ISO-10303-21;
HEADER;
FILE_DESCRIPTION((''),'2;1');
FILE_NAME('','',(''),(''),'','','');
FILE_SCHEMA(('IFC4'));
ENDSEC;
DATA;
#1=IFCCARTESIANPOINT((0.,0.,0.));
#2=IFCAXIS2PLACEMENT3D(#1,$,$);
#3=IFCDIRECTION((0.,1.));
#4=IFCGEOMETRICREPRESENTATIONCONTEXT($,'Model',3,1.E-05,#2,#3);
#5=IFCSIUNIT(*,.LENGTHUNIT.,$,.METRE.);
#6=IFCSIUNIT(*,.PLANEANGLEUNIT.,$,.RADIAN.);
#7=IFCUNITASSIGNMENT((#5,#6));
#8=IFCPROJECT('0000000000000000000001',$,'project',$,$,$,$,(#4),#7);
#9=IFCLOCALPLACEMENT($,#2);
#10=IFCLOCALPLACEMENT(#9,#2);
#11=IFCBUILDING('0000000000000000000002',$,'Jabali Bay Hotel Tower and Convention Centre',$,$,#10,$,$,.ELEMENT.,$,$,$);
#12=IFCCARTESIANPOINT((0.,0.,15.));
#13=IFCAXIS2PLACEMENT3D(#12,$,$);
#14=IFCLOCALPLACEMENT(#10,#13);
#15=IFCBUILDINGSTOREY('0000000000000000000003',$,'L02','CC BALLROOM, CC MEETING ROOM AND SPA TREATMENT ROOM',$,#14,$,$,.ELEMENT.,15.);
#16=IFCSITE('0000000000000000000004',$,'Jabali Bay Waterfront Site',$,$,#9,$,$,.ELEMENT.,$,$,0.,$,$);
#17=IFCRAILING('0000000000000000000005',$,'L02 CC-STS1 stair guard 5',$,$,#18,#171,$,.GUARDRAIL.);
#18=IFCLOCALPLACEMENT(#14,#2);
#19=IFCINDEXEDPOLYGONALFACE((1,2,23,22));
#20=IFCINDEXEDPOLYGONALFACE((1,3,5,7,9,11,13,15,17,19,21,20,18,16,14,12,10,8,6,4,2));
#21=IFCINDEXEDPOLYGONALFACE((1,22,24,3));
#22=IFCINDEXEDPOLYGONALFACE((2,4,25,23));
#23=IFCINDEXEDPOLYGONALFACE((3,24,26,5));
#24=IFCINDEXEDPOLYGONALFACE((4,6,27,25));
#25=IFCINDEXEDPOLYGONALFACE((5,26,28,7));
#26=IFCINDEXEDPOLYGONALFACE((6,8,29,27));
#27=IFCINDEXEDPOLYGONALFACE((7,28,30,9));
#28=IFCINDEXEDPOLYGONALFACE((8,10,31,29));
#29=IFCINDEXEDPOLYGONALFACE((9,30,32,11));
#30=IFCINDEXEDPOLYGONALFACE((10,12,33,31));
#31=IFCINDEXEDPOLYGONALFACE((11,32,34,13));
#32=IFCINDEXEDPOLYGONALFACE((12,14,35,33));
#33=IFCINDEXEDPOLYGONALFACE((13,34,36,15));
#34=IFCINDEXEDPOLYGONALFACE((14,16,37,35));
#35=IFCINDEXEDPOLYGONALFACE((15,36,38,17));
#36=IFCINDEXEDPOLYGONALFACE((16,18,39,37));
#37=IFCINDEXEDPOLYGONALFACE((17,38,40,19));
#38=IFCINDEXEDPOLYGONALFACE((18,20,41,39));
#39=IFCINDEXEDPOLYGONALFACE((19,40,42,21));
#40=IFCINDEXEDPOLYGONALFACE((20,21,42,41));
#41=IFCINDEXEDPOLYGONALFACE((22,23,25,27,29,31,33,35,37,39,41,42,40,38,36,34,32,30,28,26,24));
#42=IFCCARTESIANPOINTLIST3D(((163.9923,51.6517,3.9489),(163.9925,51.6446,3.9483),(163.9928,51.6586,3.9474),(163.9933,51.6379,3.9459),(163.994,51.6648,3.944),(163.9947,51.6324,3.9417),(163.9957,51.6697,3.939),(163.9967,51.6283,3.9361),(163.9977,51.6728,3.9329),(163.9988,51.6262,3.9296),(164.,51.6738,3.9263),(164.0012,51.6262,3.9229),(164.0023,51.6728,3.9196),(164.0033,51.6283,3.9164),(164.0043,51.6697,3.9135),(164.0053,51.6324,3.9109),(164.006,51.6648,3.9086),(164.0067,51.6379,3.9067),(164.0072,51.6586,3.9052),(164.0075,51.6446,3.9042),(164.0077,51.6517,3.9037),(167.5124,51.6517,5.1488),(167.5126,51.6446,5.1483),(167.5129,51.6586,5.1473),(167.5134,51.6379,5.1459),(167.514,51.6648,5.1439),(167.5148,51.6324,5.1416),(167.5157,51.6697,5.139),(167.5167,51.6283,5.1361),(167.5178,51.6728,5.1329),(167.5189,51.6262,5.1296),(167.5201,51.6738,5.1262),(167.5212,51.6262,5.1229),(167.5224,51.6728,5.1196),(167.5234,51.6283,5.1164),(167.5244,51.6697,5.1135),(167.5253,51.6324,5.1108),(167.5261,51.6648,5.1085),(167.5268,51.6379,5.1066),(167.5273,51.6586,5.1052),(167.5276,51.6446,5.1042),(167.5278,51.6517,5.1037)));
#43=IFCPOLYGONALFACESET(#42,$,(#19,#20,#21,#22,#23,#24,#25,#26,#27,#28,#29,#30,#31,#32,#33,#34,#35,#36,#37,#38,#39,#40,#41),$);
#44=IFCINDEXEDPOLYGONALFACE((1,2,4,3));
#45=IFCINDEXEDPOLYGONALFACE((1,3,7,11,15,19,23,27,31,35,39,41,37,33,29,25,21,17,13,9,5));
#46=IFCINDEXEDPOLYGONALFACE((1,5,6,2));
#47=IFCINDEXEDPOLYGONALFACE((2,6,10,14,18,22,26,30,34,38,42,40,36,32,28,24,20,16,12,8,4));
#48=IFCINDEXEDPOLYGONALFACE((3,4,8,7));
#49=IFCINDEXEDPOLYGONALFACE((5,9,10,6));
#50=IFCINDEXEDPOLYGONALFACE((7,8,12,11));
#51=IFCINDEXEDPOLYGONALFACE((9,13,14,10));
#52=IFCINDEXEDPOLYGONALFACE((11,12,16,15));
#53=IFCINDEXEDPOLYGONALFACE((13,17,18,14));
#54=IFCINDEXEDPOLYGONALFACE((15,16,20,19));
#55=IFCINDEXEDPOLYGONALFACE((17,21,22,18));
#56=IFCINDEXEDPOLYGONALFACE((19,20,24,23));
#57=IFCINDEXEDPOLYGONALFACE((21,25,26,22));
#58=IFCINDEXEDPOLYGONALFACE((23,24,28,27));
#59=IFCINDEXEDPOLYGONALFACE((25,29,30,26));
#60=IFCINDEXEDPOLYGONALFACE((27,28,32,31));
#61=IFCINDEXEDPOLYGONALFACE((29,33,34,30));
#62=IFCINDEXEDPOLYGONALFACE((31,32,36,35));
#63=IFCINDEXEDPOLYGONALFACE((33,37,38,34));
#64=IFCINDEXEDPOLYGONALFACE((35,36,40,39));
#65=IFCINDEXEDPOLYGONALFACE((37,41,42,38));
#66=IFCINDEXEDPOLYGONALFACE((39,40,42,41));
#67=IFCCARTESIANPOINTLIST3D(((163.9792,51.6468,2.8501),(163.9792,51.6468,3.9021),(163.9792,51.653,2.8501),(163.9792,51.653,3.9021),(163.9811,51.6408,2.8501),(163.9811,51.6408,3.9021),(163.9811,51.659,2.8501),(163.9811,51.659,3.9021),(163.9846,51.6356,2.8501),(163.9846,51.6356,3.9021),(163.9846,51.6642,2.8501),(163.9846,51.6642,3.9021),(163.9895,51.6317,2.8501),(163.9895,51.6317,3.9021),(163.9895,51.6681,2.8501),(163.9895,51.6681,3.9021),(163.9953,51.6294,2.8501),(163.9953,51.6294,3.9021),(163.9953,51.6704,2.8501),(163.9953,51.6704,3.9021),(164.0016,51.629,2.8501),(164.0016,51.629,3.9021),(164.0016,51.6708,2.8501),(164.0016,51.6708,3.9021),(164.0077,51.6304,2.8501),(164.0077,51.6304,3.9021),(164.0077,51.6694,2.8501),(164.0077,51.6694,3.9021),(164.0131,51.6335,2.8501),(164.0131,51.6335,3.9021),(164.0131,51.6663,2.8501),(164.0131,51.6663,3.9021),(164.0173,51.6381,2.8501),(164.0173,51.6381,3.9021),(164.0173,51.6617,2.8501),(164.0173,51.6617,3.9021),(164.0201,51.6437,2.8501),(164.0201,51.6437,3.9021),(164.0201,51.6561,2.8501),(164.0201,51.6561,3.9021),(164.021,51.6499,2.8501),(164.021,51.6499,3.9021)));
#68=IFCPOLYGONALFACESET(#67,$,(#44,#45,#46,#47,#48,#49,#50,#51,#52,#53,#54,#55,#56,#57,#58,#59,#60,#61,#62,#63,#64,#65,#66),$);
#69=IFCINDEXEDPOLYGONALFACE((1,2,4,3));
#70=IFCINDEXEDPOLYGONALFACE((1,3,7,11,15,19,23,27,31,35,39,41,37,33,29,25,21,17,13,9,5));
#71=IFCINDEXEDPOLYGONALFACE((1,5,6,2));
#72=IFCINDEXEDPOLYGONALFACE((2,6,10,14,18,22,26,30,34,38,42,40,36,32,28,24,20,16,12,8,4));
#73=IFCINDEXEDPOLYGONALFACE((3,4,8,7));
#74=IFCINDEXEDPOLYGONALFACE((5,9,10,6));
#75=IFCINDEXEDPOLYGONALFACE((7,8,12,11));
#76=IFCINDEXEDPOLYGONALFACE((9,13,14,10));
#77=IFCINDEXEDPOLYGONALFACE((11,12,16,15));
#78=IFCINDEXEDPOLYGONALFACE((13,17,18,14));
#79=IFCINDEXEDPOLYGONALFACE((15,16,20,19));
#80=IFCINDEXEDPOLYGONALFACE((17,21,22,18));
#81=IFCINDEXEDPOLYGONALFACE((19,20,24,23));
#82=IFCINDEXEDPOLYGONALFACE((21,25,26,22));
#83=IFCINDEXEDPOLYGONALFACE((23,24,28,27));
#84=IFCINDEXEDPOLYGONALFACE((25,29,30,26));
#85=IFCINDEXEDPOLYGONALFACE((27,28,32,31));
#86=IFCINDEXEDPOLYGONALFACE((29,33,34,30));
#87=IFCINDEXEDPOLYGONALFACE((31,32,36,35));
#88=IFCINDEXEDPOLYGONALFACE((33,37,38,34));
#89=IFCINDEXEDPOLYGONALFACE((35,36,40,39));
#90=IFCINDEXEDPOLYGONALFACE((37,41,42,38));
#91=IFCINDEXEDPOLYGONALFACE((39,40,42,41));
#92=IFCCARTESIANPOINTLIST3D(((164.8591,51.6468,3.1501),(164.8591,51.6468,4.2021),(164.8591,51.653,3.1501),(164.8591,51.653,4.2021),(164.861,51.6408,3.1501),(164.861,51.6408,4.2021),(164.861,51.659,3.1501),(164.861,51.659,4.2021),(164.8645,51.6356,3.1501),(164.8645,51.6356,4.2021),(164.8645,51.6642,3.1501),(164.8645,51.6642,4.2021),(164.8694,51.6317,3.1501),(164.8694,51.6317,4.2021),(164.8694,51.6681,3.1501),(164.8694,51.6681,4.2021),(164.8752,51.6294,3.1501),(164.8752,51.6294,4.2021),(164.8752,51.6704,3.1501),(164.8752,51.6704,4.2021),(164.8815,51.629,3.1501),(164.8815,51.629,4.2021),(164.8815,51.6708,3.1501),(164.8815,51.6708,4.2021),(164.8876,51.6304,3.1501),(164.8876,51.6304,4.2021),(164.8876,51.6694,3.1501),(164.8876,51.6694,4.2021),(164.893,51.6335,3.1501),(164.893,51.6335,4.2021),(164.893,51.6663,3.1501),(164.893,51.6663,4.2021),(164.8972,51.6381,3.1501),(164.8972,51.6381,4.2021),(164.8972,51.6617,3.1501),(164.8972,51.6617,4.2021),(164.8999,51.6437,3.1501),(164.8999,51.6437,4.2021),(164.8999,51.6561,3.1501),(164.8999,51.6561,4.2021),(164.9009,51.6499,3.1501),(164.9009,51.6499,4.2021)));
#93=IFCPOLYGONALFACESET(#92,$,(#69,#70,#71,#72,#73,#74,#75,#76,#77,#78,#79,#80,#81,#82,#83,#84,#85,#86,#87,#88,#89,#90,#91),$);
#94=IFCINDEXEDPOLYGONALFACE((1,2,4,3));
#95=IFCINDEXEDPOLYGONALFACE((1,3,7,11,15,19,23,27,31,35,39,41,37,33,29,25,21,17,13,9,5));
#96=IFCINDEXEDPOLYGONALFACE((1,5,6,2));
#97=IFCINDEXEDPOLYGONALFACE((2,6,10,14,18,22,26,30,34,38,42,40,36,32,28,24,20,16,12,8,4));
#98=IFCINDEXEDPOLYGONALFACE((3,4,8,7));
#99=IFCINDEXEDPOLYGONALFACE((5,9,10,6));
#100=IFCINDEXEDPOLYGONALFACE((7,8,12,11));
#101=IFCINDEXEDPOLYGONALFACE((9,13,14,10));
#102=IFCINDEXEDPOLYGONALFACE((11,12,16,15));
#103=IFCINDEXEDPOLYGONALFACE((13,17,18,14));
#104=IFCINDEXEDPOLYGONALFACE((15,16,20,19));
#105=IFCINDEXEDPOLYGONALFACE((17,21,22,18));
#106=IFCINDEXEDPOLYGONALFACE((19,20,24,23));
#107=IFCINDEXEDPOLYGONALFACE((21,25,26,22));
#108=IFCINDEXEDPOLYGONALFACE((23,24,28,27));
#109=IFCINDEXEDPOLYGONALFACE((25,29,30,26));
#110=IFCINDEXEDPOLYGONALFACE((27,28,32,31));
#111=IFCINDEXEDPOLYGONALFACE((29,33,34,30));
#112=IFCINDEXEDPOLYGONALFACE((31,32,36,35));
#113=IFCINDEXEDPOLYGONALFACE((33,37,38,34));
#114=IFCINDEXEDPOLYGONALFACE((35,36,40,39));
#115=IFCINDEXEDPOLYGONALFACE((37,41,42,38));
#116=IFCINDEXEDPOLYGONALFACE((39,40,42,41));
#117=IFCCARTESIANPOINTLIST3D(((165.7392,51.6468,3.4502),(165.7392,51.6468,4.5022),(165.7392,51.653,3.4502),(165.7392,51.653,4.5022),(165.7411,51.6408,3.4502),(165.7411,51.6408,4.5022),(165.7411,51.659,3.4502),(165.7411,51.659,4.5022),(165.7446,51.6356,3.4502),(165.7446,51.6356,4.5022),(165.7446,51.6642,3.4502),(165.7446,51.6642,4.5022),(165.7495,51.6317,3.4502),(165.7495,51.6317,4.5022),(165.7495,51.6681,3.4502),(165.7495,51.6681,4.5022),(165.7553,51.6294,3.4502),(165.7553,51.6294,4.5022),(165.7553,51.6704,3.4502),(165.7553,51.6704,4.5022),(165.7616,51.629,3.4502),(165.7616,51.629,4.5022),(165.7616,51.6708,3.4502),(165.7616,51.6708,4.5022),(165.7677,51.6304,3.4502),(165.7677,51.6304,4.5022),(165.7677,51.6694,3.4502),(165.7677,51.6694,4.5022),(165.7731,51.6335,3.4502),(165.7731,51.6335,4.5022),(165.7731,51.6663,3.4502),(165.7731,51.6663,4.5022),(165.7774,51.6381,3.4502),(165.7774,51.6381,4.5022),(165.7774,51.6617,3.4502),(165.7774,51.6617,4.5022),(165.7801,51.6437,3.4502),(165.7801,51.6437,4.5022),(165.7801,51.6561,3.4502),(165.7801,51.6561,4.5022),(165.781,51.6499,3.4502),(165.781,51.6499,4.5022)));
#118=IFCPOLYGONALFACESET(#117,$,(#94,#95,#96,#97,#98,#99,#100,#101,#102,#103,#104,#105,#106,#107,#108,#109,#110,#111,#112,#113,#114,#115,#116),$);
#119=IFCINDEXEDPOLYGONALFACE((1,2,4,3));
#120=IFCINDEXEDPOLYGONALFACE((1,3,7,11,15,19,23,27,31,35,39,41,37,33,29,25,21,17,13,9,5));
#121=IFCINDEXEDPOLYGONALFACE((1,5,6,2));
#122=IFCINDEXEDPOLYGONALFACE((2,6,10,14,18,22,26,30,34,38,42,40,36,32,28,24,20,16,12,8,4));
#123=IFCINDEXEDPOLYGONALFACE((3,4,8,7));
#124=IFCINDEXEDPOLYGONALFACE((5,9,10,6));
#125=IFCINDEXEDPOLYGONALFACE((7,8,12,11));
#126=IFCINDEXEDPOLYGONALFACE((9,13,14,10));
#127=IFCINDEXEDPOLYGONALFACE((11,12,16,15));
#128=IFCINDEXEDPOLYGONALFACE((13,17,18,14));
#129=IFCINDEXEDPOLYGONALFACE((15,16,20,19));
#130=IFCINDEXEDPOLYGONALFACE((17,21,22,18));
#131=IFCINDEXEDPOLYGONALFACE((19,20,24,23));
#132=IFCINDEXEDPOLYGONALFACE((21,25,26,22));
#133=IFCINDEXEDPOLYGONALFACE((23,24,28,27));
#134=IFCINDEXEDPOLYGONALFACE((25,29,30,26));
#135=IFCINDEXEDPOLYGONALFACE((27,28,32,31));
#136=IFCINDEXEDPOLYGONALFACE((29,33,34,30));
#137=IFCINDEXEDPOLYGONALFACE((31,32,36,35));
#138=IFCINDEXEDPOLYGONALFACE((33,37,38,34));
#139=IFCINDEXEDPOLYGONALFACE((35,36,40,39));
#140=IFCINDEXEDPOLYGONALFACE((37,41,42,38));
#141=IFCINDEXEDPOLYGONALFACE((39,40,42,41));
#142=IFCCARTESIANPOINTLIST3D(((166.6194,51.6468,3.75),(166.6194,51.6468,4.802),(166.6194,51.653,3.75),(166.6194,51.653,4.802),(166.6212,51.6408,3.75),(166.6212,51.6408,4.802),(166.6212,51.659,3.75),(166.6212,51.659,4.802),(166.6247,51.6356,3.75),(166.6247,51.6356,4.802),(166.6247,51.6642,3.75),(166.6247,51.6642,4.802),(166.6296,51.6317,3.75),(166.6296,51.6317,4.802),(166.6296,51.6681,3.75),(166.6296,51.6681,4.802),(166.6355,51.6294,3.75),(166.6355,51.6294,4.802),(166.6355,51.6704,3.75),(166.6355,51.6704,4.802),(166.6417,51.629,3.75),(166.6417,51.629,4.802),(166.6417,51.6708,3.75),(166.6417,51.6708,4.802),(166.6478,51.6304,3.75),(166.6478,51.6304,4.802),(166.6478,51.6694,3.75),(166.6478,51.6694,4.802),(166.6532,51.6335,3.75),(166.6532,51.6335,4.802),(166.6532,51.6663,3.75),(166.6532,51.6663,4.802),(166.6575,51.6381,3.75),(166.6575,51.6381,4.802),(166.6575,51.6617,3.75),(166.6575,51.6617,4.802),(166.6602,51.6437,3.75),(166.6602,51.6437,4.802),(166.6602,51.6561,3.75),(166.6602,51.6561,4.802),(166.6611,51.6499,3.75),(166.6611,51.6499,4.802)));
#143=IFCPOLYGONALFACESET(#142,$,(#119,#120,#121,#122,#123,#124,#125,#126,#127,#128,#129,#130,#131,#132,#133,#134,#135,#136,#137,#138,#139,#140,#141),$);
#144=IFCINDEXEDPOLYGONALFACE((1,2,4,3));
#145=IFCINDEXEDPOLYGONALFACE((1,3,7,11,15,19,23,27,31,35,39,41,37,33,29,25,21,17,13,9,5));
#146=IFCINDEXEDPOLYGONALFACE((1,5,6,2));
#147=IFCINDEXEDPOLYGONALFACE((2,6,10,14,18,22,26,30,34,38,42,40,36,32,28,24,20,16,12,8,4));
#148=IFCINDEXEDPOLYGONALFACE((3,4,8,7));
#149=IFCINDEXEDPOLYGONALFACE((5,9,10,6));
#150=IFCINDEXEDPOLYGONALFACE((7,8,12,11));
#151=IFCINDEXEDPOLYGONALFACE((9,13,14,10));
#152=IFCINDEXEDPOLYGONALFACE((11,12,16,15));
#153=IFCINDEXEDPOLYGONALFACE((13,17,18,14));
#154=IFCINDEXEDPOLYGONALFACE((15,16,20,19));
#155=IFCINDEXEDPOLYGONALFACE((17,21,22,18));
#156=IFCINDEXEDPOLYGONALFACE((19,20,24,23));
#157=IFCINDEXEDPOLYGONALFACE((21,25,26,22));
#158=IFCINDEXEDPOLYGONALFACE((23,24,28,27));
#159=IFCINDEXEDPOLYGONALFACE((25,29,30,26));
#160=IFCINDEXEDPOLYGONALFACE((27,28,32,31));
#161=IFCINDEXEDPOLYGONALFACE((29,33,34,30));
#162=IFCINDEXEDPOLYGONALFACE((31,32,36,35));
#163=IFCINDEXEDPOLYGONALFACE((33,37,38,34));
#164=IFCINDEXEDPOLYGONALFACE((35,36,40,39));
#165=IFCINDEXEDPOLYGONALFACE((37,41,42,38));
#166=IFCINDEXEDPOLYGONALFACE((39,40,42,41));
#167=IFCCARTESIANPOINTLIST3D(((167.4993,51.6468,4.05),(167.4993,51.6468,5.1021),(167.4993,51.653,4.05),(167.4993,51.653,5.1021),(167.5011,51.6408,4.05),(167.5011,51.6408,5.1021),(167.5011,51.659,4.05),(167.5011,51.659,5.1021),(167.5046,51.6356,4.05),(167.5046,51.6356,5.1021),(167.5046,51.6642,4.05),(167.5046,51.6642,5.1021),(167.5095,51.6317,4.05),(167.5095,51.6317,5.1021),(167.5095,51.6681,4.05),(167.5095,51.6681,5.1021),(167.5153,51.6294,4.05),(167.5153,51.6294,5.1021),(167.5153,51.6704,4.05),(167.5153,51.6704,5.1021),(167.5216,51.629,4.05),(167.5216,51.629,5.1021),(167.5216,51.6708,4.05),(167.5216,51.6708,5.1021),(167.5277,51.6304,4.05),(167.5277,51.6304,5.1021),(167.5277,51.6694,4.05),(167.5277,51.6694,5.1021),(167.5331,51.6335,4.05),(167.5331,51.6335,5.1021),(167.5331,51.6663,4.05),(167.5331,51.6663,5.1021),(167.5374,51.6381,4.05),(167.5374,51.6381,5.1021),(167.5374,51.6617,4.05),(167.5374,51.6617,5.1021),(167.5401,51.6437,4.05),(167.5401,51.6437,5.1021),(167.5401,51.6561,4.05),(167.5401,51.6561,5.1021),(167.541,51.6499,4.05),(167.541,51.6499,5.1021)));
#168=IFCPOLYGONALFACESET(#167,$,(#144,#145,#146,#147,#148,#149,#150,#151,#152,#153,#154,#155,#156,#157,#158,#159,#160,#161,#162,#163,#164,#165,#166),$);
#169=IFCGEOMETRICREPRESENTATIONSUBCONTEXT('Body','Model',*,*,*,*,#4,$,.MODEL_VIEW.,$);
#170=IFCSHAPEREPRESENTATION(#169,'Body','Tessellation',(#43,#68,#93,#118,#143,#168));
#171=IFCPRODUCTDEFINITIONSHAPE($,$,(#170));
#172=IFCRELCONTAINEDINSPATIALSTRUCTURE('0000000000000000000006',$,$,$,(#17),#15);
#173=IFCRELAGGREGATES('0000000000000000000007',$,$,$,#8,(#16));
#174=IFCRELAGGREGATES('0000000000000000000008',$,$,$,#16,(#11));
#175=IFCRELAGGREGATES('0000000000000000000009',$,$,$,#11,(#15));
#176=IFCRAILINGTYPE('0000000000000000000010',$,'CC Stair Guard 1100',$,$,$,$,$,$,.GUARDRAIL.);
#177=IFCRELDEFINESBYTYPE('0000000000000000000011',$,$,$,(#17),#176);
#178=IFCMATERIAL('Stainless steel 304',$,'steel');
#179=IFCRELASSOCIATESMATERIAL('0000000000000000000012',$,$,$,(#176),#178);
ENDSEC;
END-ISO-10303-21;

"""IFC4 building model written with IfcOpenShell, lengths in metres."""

from ifc_helpers import new_model, si_unit, direction, frame, origin, origin_2d, place, context, subcontext, project, spatial, circle, extrude, material, type_object, element, save


model = new_model("IFC4")

# Units and contexts
model_context = context("Model", 3, precision=1e-05, world=origin(), true_north=direction((0.0, 1.0)))
body_context = subcontext(model_context, "Body", "Model", "MODEL_VIEW")
ifc_project = project(units=[si_unit("LENGTHUNIT", "METRE"), si_unit("PLANEANGLEUNIT", "RADIAN")], contexts=[model_context])

# Site, building, storey
site_placement = place(None, origin())
site = spatial("IfcSite", under=ifc_project, at=site_placement, Name="Jabali Bay Waterfront Site", CompositionType="ELEMENT", RefElevation=0.0)
building_placement = place(site_placement, origin())
building = spatial("IfcBuilding", under=site, at=building_placement, Name="Jabali Bay Hotel Tower and Convention Centre", CompositionType="ELEMENT")
storey_placement = place(building_placement, frame((0.0, 0.0, 15.0)))
storey = spatial("IfcBuildingStorey", under=building, at=storey_placement, Name="L02", Description="CC BALLROOM, CC MEETING ROOM AND SPA TREATMENT ROOM", CompositionType="ELEMENT", Elevation=15.0)

# Railing
ifc_material_1 = material(Name="Stainless steel 304", Category="steel")
railing_type_1 = type_object("IfcRailingType", Name="CC Stair Guard 1100", PredefinedType="GUARDRAIL", material=ifc_material_1)
railing_1_placement = place(storey_placement, frame((164.0, 51.6499, 2.8501)))
element("IfcRailing", 1, at=railing_1_placement, inside=storey, type_object=railing_type_1, Name="L02 CC-STS1 stair guard 5", PredefinedType="GUARDRAIL", context=body_context, shape_type="SweptSolid", body=[
    extrude(circle(Radius=0.0239, at=origin_2d()), frame((0.0, 0.0, 1.0762), z_axis=(0.946515, 0.0, 0.322661), x_axis=(0.0, 1.0, 0.0)), (0.0, 0.0, 1.0), 3.719),
    extrude(circle(Radius=0.021, at=origin_2d()), origin(), (0.0, 0.0, 1.0), 1.052),
    extrude(circle(Radius=0.021, at=origin_2d()), frame((0.8799, 0.0, 0.3)), (0.0, 0.0, 1.0), 1.052),
    extrude(circle(Radius=0.021, at=origin_2d()), frame((1.76, 0.0, 0.6001)), (0.0, 0.0, 1.0), 1.052),
    extrude(circle(Radius=0.021, at=origin_2d()), frame((2.6401, 0.0, 0.8999)), (0.0, 0.0, 1.0), 1.052),
    extrude(circle(Radius=0.021, at=origin_2d()), frame((3.52, 0.0, 1.2)), (0.0, 0.0, 1.0), 1.052),
])

save(model, "model.ifc")
